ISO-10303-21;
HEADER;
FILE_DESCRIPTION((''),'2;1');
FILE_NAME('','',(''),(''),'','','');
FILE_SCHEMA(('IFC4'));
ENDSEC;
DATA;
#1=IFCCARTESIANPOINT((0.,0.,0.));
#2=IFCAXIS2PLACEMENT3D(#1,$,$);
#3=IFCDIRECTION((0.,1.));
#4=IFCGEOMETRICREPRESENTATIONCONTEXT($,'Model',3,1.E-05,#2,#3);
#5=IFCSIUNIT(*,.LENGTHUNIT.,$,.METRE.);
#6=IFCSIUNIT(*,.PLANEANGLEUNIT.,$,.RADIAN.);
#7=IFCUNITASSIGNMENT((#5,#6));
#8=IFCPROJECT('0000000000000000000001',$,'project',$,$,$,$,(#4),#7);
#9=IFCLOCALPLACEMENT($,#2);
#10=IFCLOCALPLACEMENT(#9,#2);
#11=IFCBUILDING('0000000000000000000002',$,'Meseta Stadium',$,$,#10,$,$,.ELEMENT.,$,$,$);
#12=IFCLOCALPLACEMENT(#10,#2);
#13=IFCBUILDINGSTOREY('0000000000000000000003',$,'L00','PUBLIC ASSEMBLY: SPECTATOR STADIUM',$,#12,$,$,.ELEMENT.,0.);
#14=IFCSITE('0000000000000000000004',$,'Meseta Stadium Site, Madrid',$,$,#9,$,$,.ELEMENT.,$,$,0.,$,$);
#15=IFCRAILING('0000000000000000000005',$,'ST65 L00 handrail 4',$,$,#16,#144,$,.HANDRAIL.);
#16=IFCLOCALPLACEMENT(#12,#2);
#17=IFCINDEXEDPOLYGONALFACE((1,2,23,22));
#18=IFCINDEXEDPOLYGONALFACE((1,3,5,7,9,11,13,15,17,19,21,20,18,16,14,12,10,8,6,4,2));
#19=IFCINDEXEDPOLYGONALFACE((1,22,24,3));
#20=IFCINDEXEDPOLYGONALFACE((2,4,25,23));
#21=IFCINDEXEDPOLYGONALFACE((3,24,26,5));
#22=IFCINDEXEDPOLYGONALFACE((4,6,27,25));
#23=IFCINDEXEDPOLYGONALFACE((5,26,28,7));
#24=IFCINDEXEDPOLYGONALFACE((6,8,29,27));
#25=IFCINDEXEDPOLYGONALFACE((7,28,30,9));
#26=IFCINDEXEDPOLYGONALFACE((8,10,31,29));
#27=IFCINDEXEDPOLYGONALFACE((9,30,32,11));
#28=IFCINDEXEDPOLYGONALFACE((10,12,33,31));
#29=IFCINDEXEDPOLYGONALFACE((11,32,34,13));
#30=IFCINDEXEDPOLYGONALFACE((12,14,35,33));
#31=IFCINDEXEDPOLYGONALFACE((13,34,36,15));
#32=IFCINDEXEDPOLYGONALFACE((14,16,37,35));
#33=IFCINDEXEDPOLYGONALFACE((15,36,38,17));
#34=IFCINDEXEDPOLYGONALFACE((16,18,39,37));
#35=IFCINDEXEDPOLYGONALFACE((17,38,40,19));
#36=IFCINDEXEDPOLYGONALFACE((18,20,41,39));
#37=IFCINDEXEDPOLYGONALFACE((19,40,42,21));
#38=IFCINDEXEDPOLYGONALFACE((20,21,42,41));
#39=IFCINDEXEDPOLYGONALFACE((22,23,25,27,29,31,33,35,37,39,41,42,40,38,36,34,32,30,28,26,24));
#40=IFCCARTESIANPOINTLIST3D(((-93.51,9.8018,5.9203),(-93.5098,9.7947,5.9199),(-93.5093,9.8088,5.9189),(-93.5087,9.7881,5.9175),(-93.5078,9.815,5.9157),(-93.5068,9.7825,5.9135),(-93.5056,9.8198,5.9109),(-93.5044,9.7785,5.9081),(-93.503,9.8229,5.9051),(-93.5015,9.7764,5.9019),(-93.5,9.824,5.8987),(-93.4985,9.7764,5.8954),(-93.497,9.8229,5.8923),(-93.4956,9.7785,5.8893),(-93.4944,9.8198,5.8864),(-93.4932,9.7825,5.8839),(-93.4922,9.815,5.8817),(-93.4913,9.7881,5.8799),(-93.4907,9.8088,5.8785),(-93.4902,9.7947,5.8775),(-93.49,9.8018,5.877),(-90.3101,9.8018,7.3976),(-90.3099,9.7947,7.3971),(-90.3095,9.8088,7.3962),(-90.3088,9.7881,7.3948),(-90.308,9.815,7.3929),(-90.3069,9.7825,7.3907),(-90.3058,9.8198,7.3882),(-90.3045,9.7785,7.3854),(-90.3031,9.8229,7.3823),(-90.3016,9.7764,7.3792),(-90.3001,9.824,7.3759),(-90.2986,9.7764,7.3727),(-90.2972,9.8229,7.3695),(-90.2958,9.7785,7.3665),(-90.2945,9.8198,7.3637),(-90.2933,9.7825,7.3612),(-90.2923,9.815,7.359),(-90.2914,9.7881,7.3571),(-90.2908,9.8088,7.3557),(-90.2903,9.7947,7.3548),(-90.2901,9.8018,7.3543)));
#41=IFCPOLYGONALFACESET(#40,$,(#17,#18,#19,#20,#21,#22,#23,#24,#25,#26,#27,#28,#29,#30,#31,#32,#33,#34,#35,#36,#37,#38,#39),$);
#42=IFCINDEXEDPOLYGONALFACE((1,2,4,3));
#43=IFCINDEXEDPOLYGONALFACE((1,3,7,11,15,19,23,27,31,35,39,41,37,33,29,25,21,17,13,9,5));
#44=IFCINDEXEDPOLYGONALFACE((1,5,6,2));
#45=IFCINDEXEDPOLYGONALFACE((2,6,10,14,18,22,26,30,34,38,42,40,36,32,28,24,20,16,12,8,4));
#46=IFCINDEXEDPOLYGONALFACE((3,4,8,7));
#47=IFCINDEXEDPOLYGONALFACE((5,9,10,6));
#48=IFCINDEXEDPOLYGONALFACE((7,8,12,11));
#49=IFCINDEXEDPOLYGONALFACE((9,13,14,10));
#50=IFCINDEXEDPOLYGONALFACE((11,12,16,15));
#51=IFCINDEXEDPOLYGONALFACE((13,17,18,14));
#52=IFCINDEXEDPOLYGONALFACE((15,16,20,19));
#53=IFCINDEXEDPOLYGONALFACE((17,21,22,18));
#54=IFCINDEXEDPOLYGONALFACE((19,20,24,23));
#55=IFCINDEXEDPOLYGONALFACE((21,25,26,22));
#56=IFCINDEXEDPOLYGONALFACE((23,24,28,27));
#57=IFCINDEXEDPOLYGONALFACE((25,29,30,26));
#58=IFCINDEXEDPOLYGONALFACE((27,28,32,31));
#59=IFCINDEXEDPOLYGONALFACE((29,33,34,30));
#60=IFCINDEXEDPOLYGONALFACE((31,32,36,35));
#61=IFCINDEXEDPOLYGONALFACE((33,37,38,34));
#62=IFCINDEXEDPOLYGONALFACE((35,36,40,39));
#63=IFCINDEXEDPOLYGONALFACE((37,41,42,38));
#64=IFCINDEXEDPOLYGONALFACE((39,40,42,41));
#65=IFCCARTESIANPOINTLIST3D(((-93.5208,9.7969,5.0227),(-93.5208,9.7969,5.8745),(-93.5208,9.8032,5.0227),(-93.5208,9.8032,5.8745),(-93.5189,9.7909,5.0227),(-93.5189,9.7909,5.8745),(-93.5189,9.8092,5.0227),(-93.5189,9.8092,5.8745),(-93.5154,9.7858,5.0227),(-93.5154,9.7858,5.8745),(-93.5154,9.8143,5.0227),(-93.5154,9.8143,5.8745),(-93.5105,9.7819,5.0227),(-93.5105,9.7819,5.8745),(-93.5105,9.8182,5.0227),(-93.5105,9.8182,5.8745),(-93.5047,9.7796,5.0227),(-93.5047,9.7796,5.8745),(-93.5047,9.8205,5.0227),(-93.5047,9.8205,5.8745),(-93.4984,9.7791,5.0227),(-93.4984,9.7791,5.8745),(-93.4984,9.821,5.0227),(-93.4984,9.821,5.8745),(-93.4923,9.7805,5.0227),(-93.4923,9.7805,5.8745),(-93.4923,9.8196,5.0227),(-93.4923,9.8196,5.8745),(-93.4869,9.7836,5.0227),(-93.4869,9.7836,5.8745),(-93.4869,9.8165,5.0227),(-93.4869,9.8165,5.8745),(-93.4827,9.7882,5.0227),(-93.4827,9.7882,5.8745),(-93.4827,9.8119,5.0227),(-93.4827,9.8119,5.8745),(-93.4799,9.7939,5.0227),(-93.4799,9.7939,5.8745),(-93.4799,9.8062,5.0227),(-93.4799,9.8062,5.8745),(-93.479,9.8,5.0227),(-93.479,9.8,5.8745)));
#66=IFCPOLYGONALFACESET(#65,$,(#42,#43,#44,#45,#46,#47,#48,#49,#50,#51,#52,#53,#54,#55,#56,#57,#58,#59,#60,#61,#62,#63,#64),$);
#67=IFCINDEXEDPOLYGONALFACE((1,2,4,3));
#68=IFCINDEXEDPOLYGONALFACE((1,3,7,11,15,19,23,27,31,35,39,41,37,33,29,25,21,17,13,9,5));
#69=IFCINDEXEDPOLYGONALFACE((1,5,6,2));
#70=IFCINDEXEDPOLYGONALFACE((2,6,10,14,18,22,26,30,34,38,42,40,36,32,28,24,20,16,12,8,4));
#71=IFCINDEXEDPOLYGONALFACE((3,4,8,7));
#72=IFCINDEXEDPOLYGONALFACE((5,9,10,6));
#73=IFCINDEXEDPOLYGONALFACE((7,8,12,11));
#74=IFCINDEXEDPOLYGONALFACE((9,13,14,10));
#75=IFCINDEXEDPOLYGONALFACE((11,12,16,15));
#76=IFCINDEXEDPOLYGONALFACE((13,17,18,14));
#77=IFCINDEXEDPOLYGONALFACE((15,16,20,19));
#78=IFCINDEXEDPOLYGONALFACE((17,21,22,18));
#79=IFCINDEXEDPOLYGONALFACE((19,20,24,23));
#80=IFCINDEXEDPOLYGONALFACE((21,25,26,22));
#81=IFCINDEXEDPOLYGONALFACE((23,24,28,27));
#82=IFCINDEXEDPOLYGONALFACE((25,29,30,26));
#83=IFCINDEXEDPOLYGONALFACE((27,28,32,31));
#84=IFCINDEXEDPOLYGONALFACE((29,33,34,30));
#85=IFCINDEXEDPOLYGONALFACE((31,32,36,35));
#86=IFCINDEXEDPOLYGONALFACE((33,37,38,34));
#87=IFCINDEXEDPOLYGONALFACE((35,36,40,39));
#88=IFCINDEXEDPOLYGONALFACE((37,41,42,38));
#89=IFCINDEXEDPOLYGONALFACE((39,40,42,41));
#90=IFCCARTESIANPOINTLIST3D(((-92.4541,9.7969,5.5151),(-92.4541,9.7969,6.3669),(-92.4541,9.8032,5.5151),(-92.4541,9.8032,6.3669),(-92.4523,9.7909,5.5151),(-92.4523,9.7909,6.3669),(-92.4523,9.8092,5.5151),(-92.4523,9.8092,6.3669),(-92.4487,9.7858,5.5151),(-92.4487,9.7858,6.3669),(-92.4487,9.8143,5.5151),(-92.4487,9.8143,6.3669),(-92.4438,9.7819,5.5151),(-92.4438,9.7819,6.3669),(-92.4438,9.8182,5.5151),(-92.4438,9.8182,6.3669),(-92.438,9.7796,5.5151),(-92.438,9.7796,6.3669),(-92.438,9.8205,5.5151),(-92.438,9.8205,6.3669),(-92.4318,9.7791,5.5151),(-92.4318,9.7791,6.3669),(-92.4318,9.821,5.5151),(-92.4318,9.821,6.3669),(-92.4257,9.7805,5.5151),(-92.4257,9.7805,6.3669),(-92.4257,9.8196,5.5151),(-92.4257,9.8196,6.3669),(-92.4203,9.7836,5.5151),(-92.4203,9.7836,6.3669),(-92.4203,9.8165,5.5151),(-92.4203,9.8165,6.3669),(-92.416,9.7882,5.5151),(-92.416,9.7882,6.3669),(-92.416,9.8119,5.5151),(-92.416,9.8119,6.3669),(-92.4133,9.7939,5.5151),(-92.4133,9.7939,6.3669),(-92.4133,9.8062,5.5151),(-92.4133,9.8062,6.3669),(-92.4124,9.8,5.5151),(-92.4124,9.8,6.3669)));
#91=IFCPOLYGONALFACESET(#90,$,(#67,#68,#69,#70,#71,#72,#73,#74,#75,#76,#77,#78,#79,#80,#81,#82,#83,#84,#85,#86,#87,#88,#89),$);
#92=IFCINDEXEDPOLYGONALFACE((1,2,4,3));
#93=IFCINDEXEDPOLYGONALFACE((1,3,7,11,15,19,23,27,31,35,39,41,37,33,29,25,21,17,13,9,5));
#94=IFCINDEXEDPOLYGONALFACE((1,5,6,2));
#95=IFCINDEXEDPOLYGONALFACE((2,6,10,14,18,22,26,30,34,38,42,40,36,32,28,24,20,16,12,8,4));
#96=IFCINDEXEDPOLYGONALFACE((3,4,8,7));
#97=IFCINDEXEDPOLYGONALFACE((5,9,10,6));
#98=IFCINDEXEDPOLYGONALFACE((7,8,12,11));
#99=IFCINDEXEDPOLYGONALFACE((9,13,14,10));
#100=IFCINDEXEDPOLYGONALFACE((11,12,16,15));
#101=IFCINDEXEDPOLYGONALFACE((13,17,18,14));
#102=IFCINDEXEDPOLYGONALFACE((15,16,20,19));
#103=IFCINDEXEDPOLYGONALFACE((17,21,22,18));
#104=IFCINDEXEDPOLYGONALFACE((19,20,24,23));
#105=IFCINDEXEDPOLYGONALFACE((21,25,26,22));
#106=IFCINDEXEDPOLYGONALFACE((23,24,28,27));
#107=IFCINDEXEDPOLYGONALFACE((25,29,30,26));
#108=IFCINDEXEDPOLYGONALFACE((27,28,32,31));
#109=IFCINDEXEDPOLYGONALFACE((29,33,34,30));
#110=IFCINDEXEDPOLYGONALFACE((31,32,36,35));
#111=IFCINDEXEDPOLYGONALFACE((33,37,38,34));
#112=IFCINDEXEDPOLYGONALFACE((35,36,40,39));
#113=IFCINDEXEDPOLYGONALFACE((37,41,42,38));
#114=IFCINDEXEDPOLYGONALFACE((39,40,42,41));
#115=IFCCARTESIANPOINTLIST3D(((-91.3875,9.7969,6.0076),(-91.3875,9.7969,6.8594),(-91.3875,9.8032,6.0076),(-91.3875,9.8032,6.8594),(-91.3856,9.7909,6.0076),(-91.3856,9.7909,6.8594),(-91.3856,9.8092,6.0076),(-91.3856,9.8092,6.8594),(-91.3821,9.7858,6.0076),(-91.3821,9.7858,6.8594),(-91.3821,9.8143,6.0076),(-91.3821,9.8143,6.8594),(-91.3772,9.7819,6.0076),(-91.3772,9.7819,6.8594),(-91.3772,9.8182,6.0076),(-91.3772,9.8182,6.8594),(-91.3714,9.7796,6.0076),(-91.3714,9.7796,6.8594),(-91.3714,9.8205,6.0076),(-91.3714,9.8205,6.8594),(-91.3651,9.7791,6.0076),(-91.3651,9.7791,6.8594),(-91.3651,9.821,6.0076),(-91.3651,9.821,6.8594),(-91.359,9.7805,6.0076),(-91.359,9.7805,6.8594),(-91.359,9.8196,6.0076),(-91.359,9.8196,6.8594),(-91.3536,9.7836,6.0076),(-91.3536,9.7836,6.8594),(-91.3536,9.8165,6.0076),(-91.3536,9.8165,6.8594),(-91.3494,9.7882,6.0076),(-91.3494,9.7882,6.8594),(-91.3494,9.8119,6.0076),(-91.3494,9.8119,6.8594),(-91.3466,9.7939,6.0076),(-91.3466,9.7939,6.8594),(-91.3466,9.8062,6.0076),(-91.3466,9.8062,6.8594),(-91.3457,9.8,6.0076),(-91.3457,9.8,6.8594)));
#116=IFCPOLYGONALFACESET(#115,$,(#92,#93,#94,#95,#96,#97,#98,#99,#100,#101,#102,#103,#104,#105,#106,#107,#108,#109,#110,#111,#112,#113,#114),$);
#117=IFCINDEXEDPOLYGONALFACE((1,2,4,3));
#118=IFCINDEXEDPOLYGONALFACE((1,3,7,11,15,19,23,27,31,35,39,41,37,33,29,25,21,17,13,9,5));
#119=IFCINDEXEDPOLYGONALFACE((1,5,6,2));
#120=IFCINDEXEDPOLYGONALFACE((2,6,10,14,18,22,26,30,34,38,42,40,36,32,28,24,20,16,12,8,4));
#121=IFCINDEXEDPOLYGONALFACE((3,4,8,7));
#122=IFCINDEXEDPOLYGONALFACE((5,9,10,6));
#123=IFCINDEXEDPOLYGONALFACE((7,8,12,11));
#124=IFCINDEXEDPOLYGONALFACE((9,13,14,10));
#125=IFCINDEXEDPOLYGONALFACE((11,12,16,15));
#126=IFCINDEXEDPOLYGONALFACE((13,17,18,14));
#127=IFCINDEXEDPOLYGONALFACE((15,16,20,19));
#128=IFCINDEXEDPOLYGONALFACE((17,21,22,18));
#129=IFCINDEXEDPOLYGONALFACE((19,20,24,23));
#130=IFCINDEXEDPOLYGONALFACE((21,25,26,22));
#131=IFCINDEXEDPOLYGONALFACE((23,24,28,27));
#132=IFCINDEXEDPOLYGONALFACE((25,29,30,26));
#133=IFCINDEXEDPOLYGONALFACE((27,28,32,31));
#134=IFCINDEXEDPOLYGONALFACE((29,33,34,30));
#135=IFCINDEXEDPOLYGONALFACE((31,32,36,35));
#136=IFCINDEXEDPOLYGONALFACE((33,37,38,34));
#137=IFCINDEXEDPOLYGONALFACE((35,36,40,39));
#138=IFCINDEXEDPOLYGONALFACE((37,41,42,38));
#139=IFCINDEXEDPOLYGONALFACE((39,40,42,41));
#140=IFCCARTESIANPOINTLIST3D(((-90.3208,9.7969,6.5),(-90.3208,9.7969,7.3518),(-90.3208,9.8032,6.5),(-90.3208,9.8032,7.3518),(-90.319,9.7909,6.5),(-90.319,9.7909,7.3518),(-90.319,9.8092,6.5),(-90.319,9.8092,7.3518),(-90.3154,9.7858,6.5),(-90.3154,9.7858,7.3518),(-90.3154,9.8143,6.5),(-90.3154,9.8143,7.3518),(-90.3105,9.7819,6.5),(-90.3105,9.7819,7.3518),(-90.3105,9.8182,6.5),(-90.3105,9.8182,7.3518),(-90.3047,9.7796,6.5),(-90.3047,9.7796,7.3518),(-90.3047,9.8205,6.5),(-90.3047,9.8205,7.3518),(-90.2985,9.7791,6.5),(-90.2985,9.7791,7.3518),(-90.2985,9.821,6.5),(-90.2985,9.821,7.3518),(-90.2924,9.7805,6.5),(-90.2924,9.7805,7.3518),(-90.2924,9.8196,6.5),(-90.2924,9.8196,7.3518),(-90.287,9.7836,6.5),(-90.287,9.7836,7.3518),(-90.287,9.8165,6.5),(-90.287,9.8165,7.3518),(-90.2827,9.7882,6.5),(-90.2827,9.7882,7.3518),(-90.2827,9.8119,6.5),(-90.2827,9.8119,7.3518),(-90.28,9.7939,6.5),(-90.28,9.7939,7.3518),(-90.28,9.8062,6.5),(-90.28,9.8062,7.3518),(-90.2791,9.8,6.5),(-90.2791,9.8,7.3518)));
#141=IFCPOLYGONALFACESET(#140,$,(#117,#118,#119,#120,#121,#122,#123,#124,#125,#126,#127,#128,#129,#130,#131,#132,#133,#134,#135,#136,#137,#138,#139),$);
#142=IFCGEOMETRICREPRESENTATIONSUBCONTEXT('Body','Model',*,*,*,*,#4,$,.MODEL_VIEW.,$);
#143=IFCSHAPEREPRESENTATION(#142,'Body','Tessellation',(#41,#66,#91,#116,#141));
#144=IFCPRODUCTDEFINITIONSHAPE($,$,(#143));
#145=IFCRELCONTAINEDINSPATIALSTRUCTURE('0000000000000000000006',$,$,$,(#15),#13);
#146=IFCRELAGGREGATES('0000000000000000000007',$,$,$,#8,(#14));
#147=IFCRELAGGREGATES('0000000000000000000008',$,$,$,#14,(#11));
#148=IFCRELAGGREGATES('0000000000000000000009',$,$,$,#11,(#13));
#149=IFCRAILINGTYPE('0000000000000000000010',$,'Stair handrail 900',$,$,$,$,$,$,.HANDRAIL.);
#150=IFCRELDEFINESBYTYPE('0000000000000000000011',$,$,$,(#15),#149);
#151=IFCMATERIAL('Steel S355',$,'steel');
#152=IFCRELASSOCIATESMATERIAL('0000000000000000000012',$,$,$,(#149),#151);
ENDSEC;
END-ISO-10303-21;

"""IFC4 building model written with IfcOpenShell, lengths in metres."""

from ifc_helpers import new_model, si_unit, direction, frame, origin, origin_2d, place, context, subcontext, project, spatial, circle, extrude, material, type_object, element, save


model = new_model("IFC4")

# Units and contexts
model_context = context("Model", 3, precision=1e-05, world=origin(), true_north=direction((0.0, 1.0)))
body_context = subcontext(model_context, "Body", "Model", "MODEL_VIEW")
ifc_project = project(units=[si_unit("LENGTHUNIT", "METRE"), si_unit("PLANEANGLEUNIT", "RADIAN")], contexts=[model_context])

# Site, building, storey
site_placement = place(None, origin())
site = spatial("IfcSite", under=ifc_project, at=site_placement, Name="Meseta Stadium Site, Madrid", CompositionType="ELEMENT", RefElevation=0.0)
building_placement = place(site_placement, origin())
building = spatial("IfcBuilding", under=site, at=building_placement, Name="Meseta Stadium", CompositionType="ELEMENT")
storey_placement = place(building_placement, origin())
storey = spatial("IfcBuildingStorey", under=building, at=storey_placement, Name="L00", Description="PUBLIC ASSEMBLY: SPECTATOR STADIUM", CompositionType="ELEMENT", Elevation=0.0)

# Railing
ifc_material_1 = material(Name="Steel S355", Category="steel")
railing_type_1 = type_object("IfcRailingType", Name="Stair handrail 900", PredefinedType="HANDRAIL", material=ifc_material_1)
for number, where, name in (
    (1, (-93.5, 9.8, 5.0227), "ST65 L00 handrail 4"),
):
    element("IfcRailing", number, at=place(storey_placement, frame(where)), inside=storey, type_object=railing_type_1, Name=name, PredefinedType="HANDRAIL", context=body_context, shape_type="SweptSolid", body=[
        extrude(circle(Radius=0.0239, at=origin_2d()), frame((0.0, 0.0, 0.876), z_axis=(0.907917, 0.0, 0.41915), x_axis=(0.0, 1.0, 0.0)), (0.0, 0.0, 1.0), 3.5244),
        extrude(circle(Radius=0.021, at=origin_2d()), origin(), (0.0, 0.0, 1.0), 0.8518),
        extrude(circle(Radius=0.021, at=origin_2d()), frame((1.0667, 0.0, 0.4924)), (0.0, 0.0, 1.0), 0.8518),
        extrude(circle(Radius=0.021, at=origin_2d()), frame((2.1333, 0.0, 0.9849)), (0.0, 0.0, 1.0), 0.8518),
        extrude(circle(Radius=0.021, at=origin_2d()), frame((3.2, 0.0, 1.4773)), (0.0, 0.0, 1.0), 0.8518),
    ])

save(model, "model.ifc")
